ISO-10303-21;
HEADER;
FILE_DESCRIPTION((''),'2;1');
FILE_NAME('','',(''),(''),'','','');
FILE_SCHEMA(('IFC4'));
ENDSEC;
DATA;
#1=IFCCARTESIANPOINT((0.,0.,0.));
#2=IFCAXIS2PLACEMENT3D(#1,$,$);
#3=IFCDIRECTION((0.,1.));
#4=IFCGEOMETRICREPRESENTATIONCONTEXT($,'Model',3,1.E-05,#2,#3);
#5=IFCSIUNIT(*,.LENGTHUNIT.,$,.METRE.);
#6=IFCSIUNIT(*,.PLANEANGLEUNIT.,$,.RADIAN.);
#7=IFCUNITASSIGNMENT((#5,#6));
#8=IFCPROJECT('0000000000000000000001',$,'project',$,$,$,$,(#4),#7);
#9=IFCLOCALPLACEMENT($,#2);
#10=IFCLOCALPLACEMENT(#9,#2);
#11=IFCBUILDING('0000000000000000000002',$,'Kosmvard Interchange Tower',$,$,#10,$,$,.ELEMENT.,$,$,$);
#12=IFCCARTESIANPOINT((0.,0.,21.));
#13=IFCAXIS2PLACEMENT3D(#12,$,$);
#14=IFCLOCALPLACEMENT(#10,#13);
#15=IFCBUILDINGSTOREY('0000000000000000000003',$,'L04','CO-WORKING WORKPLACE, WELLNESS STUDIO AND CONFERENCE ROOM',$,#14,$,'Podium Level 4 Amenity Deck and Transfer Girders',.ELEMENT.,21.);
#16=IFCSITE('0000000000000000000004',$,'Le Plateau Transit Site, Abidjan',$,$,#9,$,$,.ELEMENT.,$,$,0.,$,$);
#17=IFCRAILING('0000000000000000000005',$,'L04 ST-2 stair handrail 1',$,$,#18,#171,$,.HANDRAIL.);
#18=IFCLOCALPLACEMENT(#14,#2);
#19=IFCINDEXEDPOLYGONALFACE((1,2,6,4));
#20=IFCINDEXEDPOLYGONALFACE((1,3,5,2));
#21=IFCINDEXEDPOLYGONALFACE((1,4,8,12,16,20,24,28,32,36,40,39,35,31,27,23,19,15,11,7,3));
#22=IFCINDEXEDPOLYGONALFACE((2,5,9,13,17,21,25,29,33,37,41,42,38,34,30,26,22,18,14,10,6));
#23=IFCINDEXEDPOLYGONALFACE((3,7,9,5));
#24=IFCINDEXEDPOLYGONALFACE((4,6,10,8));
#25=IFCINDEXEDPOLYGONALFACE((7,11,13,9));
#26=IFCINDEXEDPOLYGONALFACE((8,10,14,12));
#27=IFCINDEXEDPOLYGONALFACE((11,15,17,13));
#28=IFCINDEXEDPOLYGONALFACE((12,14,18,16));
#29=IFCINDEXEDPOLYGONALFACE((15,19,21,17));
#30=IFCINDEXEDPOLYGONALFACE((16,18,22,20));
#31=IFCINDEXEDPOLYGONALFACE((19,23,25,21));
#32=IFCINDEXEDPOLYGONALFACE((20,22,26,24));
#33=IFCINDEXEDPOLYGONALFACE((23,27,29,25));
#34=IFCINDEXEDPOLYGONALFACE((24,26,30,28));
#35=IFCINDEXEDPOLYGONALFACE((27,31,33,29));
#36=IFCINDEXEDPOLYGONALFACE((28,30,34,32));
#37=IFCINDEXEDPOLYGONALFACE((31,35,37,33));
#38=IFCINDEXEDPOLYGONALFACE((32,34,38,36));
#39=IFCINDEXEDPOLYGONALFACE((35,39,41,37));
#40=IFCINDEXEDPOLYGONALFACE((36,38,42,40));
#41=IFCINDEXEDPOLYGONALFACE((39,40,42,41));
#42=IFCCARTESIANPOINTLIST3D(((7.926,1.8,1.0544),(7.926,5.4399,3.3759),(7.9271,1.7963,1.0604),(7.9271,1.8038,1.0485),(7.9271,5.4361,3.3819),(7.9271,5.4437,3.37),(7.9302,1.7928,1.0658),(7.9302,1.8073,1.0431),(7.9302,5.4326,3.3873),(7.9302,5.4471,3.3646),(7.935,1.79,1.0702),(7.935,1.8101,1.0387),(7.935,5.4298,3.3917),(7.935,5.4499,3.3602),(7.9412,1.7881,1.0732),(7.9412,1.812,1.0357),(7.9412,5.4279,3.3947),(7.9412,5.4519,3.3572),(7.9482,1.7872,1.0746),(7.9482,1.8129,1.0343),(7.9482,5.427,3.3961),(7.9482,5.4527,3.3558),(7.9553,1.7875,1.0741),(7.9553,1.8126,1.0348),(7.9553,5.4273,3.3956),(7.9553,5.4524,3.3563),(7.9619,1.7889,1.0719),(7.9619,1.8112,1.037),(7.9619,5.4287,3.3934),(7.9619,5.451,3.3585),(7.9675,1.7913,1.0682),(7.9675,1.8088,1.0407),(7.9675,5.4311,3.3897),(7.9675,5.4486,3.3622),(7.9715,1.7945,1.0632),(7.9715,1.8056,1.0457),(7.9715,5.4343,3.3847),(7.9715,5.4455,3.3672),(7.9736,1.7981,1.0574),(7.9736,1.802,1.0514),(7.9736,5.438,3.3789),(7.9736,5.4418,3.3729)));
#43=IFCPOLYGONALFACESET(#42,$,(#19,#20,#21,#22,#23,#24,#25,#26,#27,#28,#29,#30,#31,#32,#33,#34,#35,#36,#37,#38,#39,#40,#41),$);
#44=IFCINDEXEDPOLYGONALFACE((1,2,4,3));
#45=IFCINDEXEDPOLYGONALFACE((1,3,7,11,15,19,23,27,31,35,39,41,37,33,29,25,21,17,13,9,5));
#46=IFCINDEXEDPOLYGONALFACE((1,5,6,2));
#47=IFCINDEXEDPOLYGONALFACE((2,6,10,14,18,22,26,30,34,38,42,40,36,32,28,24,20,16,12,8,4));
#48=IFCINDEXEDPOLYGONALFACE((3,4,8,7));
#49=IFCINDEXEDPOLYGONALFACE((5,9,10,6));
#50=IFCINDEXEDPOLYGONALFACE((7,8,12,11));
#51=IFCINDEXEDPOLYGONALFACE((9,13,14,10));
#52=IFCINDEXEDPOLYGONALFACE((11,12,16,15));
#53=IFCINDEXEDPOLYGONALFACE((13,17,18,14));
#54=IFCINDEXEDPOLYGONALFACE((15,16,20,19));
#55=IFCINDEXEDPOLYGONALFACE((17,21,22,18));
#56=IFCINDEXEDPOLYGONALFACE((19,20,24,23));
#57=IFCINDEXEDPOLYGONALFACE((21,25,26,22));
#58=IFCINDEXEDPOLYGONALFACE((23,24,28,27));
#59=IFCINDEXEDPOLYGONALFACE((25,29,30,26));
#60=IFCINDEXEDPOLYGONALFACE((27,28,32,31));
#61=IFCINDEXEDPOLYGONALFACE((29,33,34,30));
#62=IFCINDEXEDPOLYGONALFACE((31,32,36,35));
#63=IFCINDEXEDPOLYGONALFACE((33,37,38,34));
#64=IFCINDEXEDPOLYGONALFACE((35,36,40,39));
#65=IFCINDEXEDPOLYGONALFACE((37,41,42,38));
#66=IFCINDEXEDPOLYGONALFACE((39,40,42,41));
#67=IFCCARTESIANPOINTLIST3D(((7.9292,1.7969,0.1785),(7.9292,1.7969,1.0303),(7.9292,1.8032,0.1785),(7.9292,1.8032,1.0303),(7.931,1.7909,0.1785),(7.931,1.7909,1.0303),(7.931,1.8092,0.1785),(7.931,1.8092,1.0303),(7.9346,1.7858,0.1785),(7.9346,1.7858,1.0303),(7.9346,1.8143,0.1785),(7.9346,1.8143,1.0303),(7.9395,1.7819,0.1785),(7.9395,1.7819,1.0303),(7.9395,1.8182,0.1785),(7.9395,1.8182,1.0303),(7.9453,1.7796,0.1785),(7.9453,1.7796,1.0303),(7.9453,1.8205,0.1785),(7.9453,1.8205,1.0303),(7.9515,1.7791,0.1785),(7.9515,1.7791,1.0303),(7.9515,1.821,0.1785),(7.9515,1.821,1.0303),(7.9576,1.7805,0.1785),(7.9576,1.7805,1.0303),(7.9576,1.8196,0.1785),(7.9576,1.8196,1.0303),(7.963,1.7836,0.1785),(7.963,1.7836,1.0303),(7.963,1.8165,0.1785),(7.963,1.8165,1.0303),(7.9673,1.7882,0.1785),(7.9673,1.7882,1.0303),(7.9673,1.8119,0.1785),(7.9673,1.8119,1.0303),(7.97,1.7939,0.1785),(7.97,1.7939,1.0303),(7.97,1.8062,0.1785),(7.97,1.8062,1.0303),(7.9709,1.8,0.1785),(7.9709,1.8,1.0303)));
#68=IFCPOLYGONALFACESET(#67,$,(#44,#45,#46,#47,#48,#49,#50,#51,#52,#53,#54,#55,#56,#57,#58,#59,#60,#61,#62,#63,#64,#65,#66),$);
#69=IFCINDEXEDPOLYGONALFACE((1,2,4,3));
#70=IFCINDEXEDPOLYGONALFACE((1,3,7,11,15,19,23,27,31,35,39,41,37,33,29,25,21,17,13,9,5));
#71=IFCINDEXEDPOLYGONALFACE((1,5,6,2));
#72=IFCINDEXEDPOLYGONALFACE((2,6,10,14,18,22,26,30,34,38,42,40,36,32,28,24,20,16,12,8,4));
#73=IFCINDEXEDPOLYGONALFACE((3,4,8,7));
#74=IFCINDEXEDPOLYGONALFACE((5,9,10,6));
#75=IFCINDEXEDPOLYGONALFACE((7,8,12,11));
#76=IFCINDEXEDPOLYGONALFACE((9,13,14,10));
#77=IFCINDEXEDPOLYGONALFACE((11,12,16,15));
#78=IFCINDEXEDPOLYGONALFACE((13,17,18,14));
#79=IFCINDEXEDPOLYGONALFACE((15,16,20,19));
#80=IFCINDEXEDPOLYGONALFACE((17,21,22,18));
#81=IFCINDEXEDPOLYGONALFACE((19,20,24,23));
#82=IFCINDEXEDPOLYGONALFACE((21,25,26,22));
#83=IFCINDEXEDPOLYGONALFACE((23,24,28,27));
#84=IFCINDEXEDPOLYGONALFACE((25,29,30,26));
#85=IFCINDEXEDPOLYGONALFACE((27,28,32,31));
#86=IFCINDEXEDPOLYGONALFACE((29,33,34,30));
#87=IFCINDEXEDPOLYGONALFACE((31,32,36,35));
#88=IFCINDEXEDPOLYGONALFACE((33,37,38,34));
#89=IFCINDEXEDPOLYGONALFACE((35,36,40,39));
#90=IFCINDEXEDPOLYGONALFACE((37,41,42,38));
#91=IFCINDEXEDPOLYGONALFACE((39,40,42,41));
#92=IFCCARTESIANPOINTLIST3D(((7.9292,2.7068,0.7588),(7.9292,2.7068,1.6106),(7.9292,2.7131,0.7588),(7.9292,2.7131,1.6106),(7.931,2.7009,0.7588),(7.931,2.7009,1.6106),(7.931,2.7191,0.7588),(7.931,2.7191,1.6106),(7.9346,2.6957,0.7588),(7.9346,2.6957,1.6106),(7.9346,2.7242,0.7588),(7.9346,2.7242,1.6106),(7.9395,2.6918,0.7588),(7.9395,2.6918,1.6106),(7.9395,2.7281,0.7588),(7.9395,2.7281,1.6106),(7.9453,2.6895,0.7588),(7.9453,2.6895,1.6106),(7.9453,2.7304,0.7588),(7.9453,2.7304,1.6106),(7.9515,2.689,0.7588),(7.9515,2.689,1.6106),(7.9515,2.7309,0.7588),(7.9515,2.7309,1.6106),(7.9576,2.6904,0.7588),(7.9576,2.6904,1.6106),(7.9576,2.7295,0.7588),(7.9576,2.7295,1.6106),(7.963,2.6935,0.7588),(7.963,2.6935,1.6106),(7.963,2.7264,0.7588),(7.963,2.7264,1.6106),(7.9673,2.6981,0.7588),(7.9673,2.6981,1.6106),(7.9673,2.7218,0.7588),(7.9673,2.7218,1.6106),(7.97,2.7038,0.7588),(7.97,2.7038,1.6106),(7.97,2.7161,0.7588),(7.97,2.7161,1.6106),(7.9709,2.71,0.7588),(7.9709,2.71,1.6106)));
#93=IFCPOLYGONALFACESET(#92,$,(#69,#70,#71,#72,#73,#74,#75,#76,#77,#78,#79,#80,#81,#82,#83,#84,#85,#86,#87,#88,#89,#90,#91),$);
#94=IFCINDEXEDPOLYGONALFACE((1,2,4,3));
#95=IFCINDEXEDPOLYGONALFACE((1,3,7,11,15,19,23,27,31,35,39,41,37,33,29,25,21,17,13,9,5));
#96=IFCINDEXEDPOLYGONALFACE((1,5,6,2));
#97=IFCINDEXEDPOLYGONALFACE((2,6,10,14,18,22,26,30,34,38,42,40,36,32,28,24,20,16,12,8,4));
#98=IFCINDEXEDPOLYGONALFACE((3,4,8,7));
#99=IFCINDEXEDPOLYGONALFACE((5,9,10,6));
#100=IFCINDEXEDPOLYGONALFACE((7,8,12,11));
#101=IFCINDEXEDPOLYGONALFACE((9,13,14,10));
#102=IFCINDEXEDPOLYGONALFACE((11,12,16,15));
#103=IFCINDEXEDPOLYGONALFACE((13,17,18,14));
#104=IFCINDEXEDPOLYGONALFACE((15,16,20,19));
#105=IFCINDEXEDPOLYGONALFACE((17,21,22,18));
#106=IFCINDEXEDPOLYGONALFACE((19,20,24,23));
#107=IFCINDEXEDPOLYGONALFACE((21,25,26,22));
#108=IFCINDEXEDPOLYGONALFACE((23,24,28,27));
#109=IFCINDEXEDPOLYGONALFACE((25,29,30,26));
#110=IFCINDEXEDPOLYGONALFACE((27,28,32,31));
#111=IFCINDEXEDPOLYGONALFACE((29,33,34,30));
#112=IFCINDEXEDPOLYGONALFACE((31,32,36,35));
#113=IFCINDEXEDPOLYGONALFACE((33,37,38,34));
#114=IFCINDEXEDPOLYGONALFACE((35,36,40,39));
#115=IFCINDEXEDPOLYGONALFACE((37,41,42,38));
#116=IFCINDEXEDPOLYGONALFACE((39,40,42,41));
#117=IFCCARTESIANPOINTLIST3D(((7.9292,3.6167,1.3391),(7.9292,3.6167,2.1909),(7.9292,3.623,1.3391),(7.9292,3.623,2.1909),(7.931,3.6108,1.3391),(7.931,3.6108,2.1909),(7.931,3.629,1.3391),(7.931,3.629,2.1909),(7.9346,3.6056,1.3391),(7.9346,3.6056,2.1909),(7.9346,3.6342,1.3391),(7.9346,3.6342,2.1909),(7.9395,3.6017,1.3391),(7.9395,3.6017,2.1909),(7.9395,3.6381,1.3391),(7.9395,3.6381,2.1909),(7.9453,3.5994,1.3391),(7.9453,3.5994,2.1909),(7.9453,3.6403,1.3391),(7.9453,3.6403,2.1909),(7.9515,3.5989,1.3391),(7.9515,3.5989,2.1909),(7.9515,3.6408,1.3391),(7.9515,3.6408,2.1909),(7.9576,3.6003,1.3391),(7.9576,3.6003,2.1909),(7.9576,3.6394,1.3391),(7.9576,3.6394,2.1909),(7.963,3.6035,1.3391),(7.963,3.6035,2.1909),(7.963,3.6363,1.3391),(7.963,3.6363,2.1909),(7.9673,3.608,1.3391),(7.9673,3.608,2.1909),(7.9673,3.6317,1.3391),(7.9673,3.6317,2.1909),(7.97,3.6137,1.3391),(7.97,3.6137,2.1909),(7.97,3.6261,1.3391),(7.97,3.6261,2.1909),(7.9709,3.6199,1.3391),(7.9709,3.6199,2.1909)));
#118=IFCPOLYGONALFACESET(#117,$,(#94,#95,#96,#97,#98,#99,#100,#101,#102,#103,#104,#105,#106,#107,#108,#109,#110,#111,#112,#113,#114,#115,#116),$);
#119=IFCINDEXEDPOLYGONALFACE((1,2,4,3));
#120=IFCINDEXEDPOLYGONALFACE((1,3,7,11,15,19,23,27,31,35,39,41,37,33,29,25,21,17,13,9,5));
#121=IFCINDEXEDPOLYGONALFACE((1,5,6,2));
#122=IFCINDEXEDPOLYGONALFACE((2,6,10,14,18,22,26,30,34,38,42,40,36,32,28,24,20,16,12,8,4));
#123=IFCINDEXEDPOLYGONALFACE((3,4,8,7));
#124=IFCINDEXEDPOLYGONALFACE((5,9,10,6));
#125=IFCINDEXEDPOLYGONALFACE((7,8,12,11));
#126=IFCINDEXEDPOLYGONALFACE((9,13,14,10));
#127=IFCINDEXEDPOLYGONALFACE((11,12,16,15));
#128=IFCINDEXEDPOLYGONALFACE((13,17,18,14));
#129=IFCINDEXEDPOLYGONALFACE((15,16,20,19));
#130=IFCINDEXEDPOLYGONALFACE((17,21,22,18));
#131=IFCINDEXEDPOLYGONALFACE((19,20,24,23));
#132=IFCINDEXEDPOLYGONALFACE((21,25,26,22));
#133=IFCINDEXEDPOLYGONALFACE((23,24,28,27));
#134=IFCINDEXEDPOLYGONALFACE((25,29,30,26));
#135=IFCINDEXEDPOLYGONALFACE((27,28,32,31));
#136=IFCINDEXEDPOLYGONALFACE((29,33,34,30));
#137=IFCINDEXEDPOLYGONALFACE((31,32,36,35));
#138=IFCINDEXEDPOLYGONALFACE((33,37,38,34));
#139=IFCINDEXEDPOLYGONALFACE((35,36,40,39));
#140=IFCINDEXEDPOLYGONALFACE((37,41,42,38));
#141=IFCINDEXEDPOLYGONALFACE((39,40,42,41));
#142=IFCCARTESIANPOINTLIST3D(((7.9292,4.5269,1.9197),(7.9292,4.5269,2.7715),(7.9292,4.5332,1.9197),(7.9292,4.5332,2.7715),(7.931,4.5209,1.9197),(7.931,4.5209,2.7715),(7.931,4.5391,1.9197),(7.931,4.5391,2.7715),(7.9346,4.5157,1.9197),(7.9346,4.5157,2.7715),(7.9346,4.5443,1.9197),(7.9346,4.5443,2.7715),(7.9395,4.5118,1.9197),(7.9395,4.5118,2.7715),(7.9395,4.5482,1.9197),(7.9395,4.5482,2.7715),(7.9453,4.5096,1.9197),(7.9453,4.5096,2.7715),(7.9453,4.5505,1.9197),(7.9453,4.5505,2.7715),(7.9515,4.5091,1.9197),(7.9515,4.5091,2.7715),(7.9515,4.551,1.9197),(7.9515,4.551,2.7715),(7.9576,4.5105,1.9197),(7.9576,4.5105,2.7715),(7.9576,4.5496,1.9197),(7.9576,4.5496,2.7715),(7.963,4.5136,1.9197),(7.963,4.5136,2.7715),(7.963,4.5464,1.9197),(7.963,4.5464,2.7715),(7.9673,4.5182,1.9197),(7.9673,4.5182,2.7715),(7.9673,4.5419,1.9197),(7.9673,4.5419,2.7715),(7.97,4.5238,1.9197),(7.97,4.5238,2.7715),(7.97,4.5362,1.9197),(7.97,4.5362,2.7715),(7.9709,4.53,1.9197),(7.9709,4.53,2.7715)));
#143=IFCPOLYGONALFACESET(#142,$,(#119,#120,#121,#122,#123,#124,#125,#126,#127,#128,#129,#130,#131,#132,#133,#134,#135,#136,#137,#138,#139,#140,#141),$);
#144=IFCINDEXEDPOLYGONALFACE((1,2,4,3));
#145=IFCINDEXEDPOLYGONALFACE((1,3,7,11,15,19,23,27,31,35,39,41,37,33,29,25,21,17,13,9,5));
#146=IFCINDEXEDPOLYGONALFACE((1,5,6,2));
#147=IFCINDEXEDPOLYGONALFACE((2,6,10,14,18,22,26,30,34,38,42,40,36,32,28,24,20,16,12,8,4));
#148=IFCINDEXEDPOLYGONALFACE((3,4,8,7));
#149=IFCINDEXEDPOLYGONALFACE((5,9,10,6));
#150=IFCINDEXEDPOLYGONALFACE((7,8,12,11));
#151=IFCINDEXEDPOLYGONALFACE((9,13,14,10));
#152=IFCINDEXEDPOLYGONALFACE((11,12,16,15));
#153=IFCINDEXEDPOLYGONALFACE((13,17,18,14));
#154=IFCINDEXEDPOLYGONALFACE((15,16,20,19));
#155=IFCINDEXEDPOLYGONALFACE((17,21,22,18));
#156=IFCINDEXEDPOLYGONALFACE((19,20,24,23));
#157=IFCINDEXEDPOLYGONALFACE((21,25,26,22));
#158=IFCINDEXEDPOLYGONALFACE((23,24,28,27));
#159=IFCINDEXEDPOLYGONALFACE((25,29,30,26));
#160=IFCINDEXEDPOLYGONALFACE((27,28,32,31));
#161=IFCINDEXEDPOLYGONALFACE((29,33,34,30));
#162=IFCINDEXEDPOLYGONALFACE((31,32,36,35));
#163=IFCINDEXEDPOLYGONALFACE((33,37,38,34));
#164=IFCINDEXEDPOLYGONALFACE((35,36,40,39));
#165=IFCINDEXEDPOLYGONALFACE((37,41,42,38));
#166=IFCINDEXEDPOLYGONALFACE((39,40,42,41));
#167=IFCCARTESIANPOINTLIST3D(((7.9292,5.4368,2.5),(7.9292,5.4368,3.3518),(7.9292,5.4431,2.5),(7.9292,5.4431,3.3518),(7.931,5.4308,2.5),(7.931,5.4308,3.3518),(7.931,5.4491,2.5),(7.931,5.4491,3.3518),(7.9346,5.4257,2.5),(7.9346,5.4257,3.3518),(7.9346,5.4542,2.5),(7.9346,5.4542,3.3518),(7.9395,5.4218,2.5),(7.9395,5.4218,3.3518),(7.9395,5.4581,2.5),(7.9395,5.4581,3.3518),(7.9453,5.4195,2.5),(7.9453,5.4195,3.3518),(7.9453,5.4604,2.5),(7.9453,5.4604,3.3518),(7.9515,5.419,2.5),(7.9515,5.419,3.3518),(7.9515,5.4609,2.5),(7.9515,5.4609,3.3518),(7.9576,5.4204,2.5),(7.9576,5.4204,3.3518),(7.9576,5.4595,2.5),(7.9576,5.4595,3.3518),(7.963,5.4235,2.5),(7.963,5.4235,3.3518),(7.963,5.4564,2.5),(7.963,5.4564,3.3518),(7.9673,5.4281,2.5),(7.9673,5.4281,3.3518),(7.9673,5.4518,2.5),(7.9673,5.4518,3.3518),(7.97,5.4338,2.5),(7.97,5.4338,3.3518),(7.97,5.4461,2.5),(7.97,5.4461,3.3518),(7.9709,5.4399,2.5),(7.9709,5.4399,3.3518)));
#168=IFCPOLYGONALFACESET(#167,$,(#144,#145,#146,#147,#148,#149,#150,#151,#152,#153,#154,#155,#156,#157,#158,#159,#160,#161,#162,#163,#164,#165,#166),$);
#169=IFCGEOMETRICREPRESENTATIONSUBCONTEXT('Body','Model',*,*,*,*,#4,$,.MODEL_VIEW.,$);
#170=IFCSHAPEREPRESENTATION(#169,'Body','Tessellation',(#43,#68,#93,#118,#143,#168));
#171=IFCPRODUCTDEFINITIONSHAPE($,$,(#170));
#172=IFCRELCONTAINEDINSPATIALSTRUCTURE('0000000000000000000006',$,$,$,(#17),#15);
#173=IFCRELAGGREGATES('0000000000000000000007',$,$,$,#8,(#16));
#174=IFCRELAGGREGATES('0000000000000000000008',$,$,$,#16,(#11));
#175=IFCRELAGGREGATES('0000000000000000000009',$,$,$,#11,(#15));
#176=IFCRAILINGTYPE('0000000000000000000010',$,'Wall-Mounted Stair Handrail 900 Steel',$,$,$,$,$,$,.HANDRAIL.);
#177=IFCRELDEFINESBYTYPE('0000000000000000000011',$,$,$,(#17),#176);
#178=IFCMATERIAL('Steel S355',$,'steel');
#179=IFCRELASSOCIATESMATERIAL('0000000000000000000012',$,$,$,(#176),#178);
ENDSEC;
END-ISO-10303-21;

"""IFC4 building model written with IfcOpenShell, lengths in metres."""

from ifc_helpers import new_model, si_unit, direction, frame, origin, origin_2d, place, context, subcontext, project, spatial, circle, extrude, source, transform, mapped, material, type_object, element, save


model = new_model("IFC4")

# Units and contexts
model_context = context("Model", 3, precision=1e-05, world=origin(), true_north=direction((0.0, 1.0)))
body_context = subcontext(model_context, "Body", "Model", "MODEL_VIEW")
ifc_project = project(units=[si_unit("LENGTHUNIT", "METRE"), si_unit("PLANEANGLEUNIT", "RADIAN")], contexts=[model_context])

# Site, building, storey
site_placement = place(None, origin())
site = spatial("IfcSite", under=ifc_project, at=site_placement, Name="Le Plateau Transit Site, Abidjan", CompositionType="ELEMENT", RefElevation=0.0)
building_placement = place(site_placement, origin())
building = spatial("IfcBuilding", under=site, at=building_placement, Name="Kosmvard Interchange Tower", CompositionType="ELEMENT")
storey_placement = place(building_placement, frame((0.0, 0.0, 21.0)))
storey = spatial("IfcBuildingStorey", under=building, at=storey_placement, Name="L04", Description="CO-WORKING WORKPLACE, WELLNESS STUDIO AND CONFERENCE ROOM", LongName="Podium Level 4 Amenity Deck and Transfer Girders", CompositionType="ELEMENT", Elevation=21.0)

# Shared definitions
ifc_material_1 = material(Name="Steel S355", Category="steel")

# Railing
railing_type_1 = type_object("IfcRailingType", Name="Wall-Mounted Stair Handrail 900 Steel", PredefinedType="HANDRAIL", material=ifc_material_1)
shared_shape_1 = source(origin(), body_context, "Body", "SweptSolid", [
    extrude(circle(Radius=0.0239, at=origin_2d()), frame((0.0, 0.0, 0.876), z_axis=(0.0, 0.843112, 0.537739), x_axis=(-1.0, 0.0, 0.0)), (0.0, 0.0, 1.0), 4.3171),
    extrude(circle(Radius=0.021, at=origin_2d()), origin(), (0.0, 0.0, 1.0), 0.8518),
    extrude(circle(Radius=0.021, at=origin_2d()), frame((0.0, 0.9099, 0.5803)), (0.0, 0.0, 1.0), 0.8518),
    extrude(circle(Radius=0.021, at=origin_2d()), frame((0.0, 1.8198, 1.1606)), (0.0, 0.0, 1.0), 0.8518),
    extrude(circle(Radius=0.021, at=origin_2d()), frame((0.0, 2.73, 1.7412)), (0.0, 0.0, 1.0), 0.8518),
    extrude(circle(Radius=0.021, at=origin_2d()), frame((0.0, 3.6399, 2.3215)), (0.0, 0.0, 1.0), 0.8518),
])
railing_1_placement = place(storey_placement, frame((7.95, 1.8, 0.1785)))
element("IfcRailing", 1, at=railing_1_placement, inside=storey, type_object=railing_type_1, Name="L04 ST-2 stair handrail 1", PredefinedType="HANDRAIL", context=body_context, shape_type="MappedRepresentation", body=[
    mapped(shared_shape_1, transform((0.0, 0.0, 0.0), scale=1.0)),
])

save(model, "model.ifc")
